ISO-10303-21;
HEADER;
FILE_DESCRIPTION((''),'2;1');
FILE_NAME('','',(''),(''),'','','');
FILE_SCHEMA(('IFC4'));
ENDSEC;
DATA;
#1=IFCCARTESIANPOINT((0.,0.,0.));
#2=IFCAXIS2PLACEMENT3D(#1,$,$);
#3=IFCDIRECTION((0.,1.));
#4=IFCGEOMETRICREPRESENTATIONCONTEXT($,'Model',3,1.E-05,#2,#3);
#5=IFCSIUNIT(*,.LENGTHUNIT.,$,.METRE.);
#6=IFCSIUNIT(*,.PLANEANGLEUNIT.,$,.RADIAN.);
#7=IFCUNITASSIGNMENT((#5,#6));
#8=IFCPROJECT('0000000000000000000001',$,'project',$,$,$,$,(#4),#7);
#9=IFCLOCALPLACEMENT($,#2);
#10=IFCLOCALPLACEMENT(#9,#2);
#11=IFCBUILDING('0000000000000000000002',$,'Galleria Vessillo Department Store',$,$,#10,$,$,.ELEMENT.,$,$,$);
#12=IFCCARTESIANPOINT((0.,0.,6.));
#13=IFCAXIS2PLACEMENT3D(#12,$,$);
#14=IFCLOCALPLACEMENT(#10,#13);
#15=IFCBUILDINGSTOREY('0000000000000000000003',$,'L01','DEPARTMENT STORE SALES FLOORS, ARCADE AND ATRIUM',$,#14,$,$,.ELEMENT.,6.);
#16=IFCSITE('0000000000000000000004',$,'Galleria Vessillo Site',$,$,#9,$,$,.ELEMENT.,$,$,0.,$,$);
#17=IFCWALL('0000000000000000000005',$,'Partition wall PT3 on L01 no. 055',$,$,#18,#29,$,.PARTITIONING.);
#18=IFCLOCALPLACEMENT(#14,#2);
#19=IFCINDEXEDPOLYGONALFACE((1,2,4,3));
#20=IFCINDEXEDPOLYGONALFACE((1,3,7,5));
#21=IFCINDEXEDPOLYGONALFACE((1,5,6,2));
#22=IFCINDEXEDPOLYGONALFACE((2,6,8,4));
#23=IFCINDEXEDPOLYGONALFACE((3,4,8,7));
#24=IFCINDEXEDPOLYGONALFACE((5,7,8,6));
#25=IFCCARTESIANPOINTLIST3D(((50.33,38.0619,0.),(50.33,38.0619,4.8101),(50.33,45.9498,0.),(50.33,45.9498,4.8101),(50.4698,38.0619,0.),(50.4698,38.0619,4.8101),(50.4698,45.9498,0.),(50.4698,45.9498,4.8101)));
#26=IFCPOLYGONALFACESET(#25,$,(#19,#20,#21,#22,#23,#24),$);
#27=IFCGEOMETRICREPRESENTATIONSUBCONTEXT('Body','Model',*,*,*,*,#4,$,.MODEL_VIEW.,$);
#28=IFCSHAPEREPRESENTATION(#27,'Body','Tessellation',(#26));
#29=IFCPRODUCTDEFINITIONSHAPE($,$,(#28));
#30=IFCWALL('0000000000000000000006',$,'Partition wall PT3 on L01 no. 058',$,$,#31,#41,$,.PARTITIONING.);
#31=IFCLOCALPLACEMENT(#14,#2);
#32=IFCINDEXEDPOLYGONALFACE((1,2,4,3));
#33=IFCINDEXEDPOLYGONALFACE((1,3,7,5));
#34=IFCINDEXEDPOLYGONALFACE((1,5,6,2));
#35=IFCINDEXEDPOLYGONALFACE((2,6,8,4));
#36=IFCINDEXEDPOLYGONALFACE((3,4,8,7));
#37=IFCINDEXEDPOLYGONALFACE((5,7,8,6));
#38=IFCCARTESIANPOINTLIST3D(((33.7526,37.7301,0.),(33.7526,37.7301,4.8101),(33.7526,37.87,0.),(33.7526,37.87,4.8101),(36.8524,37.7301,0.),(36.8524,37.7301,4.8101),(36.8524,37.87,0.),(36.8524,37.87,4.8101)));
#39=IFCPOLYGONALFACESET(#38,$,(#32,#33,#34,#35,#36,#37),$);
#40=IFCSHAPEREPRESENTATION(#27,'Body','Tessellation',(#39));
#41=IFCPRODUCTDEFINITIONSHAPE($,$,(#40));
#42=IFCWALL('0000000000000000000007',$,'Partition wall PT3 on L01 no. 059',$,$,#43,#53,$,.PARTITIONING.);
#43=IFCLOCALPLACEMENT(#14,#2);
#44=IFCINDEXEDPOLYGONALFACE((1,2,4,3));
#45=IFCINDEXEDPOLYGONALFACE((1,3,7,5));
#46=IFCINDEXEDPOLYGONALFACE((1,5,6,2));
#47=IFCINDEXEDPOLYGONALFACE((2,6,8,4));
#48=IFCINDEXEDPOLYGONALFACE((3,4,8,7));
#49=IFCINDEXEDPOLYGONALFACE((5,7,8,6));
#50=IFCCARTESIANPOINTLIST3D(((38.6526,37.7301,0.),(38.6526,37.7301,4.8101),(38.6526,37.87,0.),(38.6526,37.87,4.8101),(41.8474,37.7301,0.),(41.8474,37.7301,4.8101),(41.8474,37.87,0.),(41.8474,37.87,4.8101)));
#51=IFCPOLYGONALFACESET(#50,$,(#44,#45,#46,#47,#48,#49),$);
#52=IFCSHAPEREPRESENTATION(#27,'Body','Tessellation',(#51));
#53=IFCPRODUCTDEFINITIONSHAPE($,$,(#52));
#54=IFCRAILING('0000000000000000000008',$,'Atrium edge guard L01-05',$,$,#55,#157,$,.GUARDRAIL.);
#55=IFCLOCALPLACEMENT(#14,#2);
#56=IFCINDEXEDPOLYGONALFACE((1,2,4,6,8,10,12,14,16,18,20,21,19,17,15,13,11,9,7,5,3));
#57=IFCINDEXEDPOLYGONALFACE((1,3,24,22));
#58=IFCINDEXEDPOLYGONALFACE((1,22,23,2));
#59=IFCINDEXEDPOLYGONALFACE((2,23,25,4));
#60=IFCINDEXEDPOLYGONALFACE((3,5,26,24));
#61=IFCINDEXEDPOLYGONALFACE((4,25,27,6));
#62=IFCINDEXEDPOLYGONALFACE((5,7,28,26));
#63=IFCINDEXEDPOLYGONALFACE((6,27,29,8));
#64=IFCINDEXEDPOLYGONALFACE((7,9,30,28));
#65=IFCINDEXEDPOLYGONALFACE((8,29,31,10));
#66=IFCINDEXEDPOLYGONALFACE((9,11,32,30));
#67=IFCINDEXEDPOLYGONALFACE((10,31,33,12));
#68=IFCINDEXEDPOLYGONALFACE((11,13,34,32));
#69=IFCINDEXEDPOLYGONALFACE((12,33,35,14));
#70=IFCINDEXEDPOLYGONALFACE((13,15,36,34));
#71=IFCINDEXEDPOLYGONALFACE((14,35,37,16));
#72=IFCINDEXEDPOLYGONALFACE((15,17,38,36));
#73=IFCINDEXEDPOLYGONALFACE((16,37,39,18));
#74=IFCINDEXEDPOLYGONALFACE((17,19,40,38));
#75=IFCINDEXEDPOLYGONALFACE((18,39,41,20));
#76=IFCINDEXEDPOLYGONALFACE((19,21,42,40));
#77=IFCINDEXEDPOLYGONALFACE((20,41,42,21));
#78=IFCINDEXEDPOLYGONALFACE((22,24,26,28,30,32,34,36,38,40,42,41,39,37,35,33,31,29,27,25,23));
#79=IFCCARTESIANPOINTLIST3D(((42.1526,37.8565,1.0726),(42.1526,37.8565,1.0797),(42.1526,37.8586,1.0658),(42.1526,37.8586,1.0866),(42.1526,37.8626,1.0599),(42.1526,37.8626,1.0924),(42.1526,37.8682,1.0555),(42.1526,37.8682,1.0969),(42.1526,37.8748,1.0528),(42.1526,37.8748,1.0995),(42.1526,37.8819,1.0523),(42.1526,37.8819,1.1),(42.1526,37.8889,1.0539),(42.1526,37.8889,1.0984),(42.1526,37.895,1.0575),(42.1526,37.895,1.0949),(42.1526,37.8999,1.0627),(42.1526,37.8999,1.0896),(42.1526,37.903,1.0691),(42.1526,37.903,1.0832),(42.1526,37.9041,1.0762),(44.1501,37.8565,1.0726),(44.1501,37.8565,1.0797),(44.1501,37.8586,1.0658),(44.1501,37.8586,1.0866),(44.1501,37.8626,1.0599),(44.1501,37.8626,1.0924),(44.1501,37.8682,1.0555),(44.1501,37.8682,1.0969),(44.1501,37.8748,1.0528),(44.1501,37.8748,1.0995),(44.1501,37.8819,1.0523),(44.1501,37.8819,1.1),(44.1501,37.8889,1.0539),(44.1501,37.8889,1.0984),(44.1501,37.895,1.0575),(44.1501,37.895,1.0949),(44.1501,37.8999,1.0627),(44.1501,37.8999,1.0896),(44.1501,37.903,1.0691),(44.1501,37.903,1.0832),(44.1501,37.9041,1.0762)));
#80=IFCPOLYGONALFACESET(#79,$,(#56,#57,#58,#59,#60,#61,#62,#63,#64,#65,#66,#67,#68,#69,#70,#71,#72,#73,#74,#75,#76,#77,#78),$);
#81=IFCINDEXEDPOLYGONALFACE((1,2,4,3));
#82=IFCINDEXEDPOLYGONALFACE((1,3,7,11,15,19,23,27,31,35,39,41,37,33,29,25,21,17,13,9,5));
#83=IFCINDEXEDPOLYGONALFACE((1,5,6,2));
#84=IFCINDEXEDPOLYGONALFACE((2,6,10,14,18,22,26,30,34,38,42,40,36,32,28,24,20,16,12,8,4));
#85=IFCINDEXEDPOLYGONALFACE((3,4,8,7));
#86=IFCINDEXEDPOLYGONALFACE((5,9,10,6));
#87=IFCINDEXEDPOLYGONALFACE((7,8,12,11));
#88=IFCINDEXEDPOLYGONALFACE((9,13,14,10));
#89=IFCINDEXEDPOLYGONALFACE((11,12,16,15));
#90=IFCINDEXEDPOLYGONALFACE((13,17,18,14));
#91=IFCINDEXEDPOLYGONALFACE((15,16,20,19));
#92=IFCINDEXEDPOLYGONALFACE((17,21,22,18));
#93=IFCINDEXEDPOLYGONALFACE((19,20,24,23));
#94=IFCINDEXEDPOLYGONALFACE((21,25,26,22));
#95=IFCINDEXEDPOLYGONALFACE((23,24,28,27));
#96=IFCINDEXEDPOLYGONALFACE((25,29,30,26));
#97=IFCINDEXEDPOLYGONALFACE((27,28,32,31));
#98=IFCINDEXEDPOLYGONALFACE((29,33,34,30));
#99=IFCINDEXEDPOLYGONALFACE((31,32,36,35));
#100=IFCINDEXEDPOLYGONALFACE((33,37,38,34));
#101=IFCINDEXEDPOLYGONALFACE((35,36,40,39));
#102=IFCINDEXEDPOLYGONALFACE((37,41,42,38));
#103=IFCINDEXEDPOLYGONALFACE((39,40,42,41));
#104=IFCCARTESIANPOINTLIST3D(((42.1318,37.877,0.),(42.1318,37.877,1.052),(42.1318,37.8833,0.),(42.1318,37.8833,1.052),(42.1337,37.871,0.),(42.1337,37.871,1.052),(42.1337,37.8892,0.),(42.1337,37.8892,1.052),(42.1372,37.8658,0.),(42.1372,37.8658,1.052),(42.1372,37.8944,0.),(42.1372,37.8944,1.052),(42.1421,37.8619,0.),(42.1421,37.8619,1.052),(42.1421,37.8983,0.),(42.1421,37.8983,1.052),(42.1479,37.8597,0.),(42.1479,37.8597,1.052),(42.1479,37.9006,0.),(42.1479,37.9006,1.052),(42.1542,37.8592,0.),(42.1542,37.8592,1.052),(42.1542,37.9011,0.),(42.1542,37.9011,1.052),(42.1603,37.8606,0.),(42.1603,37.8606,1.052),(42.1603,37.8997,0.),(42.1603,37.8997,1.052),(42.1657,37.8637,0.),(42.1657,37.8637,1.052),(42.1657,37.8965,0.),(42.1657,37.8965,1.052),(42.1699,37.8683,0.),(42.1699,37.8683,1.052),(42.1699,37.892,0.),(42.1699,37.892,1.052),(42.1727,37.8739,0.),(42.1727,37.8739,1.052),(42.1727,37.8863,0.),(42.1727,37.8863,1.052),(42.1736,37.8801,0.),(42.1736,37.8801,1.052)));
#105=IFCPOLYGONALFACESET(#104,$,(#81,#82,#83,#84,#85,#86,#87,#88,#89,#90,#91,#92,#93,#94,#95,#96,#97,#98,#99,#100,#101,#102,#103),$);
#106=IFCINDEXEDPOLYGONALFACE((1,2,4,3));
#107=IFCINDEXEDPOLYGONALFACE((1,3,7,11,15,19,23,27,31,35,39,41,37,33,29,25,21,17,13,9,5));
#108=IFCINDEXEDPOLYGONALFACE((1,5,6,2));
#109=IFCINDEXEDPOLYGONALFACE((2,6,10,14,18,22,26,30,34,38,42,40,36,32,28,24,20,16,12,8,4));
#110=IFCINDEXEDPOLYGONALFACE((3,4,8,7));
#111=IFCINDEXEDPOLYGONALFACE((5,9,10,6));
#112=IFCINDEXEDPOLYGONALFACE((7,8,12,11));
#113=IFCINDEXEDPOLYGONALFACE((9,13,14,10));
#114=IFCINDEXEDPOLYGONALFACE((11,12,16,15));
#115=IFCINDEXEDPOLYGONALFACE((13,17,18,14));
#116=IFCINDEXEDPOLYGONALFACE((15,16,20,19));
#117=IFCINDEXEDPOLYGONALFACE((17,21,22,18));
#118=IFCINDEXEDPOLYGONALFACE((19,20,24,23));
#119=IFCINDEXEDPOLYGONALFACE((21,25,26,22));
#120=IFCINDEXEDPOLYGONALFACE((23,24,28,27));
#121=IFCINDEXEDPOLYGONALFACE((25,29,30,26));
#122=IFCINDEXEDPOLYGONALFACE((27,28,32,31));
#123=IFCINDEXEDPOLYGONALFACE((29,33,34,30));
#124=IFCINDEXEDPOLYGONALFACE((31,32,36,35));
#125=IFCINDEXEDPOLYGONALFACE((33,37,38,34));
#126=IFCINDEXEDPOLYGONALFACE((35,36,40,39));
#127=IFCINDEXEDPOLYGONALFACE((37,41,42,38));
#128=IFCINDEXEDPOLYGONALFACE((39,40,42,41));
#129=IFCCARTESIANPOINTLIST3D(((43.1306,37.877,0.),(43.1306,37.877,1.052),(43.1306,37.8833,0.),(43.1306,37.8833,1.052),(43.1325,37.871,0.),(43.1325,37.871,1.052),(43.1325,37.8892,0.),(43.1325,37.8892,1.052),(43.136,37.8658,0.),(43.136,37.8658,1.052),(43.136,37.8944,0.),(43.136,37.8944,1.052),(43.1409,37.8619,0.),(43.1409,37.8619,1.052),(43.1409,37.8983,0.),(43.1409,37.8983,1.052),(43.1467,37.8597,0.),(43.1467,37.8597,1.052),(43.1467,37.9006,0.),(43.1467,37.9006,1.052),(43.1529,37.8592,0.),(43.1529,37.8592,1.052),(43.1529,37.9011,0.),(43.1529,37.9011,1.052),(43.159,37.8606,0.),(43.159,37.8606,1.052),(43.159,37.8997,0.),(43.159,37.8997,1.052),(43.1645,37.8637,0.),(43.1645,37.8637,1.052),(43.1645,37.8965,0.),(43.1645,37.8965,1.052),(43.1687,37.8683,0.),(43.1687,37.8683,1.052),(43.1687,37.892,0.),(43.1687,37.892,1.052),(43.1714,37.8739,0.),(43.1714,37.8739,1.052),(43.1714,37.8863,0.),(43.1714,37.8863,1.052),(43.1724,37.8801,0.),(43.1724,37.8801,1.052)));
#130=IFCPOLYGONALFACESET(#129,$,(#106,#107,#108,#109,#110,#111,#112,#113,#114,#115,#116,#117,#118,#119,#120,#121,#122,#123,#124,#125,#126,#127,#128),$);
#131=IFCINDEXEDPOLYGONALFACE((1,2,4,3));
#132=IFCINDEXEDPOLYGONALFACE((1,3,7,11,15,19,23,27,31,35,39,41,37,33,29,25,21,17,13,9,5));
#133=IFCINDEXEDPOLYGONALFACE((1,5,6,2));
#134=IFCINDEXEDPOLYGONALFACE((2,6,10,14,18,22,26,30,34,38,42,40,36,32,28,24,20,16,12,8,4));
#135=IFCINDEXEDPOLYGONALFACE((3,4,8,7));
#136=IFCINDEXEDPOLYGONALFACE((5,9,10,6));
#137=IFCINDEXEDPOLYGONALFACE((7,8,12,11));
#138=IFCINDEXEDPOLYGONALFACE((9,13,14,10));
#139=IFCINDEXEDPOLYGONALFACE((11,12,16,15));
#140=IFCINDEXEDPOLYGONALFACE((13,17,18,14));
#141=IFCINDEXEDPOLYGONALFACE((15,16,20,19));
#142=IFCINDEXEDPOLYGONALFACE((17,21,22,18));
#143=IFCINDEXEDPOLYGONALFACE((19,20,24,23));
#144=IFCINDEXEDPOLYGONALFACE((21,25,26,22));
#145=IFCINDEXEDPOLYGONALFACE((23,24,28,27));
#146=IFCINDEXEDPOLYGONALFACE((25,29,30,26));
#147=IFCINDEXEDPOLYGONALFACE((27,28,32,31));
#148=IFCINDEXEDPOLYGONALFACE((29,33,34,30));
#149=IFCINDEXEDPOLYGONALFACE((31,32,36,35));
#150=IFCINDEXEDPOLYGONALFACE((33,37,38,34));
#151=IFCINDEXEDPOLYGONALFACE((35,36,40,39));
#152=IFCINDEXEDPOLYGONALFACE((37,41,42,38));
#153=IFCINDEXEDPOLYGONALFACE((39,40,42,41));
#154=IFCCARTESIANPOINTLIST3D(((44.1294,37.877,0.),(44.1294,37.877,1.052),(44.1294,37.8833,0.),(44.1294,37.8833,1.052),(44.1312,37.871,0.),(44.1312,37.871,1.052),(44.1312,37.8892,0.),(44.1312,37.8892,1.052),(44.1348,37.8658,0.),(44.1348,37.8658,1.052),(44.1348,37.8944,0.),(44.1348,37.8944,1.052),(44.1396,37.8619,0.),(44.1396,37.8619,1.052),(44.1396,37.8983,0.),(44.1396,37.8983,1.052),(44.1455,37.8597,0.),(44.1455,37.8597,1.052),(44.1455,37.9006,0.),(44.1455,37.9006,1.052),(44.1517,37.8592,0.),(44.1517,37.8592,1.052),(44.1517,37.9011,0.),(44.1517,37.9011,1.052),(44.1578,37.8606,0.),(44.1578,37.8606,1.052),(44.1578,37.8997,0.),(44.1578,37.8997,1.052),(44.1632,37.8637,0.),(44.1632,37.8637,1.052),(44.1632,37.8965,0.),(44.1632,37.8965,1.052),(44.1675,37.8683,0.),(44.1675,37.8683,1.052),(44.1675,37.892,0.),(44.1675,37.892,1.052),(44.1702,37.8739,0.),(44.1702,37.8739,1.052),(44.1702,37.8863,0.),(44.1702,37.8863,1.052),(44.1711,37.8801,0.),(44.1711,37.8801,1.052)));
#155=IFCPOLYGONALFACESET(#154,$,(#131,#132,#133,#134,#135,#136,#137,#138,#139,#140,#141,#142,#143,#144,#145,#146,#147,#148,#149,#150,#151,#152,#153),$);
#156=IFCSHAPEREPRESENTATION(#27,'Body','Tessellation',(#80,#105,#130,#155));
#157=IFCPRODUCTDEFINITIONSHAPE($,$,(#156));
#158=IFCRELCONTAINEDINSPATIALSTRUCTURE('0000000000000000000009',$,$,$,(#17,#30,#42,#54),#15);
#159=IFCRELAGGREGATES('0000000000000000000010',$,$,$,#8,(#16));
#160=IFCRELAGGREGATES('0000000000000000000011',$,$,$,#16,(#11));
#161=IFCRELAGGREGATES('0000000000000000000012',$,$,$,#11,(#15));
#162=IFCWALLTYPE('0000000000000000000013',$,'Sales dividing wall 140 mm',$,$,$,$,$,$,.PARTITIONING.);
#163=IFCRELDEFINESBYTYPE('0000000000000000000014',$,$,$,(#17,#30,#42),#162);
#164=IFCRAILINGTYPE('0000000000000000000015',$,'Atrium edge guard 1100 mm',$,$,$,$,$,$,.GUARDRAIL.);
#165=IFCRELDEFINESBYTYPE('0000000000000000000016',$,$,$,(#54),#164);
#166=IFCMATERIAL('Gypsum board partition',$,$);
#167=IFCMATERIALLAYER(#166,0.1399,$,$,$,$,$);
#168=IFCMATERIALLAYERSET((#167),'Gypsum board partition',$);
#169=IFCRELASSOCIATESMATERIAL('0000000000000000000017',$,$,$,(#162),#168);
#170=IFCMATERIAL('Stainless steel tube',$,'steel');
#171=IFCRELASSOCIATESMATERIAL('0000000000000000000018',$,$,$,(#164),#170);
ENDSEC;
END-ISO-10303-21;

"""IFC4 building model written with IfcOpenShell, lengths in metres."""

from ifc_helpers import new_model, si_unit, direction, frame, frame_2d, origin, origin_2d, place, context, subcontext, project, spatial, rectangle, circle, extrude, material, layer, layer_set, type_object, element, save


model = new_model("IFC4")

# Units and contexts
model_context = context("Model", 3, precision=1e-05, world=origin(), true_north=direction((0.0, 1.0)))
body_context = subcontext(model_context, "Body", "Model", "MODEL_VIEW")
ifc_project = project(units=[si_unit("LENGTHUNIT", "METRE"), si_unit("PLANEANGLEUNIT", "RADIAN")], contexts=[model_context])

# Site, building, storey
site_placement = place(None, origin())
site = spatial("IfcSite", under=ifc_project, at=site_placement, Name="Galleria Vessillo Site", CompositionType="ELEMENT", RefElevation=0.0)
building_placement = place(site_placement, origin())
building = spatial("IfcBuilding", under=site, at=building_placement, Name="Galleria Vessillo Department Store", CompositionType="ELEMENT")
storey_placement = place(building_placement, frame((0.0, 0.0, 6.0)))
storey = spatial("IfcBuildingStorey", under=building, at=storey_placement, Name="L01", Description="DEPARTMENT STORE SALES FLOORS, ARCADE AND ATRIUM", CompositionType="ELEMENT", Elevation=6.0)

# Walls
ifc_material_1 = material(Name="Gypsum board partition")
ifc_layer = layer(ifc_material_1, 0.1399)
ifc_layer_set = layer_set([ifc_layer], Name="Gypsum board partition")
wall_type = type_object("IfcWallType", Name="Sales dividing wall 140 mm", PredefinedType="PARTITIONING", material=ifc_layer_set)
wall_1_placement = place(storey_placement, frame((50.3999, 38.062, 0.0), z_axis=(0.0, 0.0, 1.0), x_axis=(0.0, 1.0, 0.0)))
element("IfcWall", 1, at=wall_1_placement, inside=storey, type_object=wall_type, Name="Partition wall PT3 on L01 no. 055", PredefinedType="PARTITIONING", context=body_context, shape_type="SweptSolid", body=[
    extrude(rectangle(XDim=7.8879, YDim=0.1399, at=frame_2d((3.9438, 0.0))), origin(), (0.0, 0.0, 1.0), 4.8101),
])
wall_2_placement = place(storey_placement, frame((33.7527, 37.8, 0.0), z_axis=(0.0, 0.0, 1.0), x_axis=(1.0, 0.0, 0.0)))
element("IfcWall", 2, at=wall_2_placement, inside=storey, type_object=wall_type, Name="Partition wall PT3 on L01 no. 058", PredefinedType="PARTITIONING", context=body_context, shape_type="SweptSolid", body=[
    extrude(rectangle(XDim=3.0999, YDim=0.1399, at=frame_2d((1.5498, 0.0))), origin(), (0.0, 0.0, 1.0), 4.8101),
])
wall_3_placement = place(storey_placement, frame((38.6526, 37.8, 0.0), z_axis=(0.0, 0.0, 1.0), x_axis=(1.0, 0.0, 0.0)))
element("IfcWall", 3, at=wall_3_placement, inside=storey, type_object=wall_type, Name="Partition wall PT3 on L01 no. 059", PredefinedType="PARTITIONING", context=body_context, shape_type="SweptSolid", body=[
    extrude(rectangle(XDim=3.1948, YDim=0.1399, at=frame_2d((1.5974, 0.0))), origin(), (0.0, 0.0, 1.0), 4.8101),
])

# Railing
ifc_material_2 = material(Name="Stainless steel tube", Category="steel")
railing_type_1 = type_object("IfcRailingType", Name="Atrium edge guard 1100 mm", PredefinedType="GUARDRAIL", material=ifc_material_2)
railing_1_placement = place(storey_placement, frame((42.1526, 37.8801, 0.0)))
element("IfcRailing", 4, at=railing_1_placement, inside=storey, type_object=railing_type_1, Name="Atrium edge guard L01-05", PredefinedType="GUARDRAIL", context=body_context, shape_type="SweptSolid", body=[
    extrude(circle(Radius=0.0239, at=origin_2d()), frame((0.0, 0.0, 1.0762), z_axis=(1.0, 0.0, 0.0), x_axis=(0.0, 1.0, 0.0)), (0.0, 0.0, 1.0), 1.9976),
    extrude(circle(Radius=0.021, at=origin_2d()), origin(), (0.0, 0.0, 1.0), 1.052),
    extrude(circle(Radius=0.021, at=origin_2d()), frame((0.9988, 0.0, 0.0)), (0.0, 0.0, 1.0), 1.052),
    extrude(circle(Radius=0.021, at=origin_2d()), frame((1.9976, 0.0, 0.0)), (0.0, 0.0, 1.0), 1.052),
])

save(model, "model.ifc")
